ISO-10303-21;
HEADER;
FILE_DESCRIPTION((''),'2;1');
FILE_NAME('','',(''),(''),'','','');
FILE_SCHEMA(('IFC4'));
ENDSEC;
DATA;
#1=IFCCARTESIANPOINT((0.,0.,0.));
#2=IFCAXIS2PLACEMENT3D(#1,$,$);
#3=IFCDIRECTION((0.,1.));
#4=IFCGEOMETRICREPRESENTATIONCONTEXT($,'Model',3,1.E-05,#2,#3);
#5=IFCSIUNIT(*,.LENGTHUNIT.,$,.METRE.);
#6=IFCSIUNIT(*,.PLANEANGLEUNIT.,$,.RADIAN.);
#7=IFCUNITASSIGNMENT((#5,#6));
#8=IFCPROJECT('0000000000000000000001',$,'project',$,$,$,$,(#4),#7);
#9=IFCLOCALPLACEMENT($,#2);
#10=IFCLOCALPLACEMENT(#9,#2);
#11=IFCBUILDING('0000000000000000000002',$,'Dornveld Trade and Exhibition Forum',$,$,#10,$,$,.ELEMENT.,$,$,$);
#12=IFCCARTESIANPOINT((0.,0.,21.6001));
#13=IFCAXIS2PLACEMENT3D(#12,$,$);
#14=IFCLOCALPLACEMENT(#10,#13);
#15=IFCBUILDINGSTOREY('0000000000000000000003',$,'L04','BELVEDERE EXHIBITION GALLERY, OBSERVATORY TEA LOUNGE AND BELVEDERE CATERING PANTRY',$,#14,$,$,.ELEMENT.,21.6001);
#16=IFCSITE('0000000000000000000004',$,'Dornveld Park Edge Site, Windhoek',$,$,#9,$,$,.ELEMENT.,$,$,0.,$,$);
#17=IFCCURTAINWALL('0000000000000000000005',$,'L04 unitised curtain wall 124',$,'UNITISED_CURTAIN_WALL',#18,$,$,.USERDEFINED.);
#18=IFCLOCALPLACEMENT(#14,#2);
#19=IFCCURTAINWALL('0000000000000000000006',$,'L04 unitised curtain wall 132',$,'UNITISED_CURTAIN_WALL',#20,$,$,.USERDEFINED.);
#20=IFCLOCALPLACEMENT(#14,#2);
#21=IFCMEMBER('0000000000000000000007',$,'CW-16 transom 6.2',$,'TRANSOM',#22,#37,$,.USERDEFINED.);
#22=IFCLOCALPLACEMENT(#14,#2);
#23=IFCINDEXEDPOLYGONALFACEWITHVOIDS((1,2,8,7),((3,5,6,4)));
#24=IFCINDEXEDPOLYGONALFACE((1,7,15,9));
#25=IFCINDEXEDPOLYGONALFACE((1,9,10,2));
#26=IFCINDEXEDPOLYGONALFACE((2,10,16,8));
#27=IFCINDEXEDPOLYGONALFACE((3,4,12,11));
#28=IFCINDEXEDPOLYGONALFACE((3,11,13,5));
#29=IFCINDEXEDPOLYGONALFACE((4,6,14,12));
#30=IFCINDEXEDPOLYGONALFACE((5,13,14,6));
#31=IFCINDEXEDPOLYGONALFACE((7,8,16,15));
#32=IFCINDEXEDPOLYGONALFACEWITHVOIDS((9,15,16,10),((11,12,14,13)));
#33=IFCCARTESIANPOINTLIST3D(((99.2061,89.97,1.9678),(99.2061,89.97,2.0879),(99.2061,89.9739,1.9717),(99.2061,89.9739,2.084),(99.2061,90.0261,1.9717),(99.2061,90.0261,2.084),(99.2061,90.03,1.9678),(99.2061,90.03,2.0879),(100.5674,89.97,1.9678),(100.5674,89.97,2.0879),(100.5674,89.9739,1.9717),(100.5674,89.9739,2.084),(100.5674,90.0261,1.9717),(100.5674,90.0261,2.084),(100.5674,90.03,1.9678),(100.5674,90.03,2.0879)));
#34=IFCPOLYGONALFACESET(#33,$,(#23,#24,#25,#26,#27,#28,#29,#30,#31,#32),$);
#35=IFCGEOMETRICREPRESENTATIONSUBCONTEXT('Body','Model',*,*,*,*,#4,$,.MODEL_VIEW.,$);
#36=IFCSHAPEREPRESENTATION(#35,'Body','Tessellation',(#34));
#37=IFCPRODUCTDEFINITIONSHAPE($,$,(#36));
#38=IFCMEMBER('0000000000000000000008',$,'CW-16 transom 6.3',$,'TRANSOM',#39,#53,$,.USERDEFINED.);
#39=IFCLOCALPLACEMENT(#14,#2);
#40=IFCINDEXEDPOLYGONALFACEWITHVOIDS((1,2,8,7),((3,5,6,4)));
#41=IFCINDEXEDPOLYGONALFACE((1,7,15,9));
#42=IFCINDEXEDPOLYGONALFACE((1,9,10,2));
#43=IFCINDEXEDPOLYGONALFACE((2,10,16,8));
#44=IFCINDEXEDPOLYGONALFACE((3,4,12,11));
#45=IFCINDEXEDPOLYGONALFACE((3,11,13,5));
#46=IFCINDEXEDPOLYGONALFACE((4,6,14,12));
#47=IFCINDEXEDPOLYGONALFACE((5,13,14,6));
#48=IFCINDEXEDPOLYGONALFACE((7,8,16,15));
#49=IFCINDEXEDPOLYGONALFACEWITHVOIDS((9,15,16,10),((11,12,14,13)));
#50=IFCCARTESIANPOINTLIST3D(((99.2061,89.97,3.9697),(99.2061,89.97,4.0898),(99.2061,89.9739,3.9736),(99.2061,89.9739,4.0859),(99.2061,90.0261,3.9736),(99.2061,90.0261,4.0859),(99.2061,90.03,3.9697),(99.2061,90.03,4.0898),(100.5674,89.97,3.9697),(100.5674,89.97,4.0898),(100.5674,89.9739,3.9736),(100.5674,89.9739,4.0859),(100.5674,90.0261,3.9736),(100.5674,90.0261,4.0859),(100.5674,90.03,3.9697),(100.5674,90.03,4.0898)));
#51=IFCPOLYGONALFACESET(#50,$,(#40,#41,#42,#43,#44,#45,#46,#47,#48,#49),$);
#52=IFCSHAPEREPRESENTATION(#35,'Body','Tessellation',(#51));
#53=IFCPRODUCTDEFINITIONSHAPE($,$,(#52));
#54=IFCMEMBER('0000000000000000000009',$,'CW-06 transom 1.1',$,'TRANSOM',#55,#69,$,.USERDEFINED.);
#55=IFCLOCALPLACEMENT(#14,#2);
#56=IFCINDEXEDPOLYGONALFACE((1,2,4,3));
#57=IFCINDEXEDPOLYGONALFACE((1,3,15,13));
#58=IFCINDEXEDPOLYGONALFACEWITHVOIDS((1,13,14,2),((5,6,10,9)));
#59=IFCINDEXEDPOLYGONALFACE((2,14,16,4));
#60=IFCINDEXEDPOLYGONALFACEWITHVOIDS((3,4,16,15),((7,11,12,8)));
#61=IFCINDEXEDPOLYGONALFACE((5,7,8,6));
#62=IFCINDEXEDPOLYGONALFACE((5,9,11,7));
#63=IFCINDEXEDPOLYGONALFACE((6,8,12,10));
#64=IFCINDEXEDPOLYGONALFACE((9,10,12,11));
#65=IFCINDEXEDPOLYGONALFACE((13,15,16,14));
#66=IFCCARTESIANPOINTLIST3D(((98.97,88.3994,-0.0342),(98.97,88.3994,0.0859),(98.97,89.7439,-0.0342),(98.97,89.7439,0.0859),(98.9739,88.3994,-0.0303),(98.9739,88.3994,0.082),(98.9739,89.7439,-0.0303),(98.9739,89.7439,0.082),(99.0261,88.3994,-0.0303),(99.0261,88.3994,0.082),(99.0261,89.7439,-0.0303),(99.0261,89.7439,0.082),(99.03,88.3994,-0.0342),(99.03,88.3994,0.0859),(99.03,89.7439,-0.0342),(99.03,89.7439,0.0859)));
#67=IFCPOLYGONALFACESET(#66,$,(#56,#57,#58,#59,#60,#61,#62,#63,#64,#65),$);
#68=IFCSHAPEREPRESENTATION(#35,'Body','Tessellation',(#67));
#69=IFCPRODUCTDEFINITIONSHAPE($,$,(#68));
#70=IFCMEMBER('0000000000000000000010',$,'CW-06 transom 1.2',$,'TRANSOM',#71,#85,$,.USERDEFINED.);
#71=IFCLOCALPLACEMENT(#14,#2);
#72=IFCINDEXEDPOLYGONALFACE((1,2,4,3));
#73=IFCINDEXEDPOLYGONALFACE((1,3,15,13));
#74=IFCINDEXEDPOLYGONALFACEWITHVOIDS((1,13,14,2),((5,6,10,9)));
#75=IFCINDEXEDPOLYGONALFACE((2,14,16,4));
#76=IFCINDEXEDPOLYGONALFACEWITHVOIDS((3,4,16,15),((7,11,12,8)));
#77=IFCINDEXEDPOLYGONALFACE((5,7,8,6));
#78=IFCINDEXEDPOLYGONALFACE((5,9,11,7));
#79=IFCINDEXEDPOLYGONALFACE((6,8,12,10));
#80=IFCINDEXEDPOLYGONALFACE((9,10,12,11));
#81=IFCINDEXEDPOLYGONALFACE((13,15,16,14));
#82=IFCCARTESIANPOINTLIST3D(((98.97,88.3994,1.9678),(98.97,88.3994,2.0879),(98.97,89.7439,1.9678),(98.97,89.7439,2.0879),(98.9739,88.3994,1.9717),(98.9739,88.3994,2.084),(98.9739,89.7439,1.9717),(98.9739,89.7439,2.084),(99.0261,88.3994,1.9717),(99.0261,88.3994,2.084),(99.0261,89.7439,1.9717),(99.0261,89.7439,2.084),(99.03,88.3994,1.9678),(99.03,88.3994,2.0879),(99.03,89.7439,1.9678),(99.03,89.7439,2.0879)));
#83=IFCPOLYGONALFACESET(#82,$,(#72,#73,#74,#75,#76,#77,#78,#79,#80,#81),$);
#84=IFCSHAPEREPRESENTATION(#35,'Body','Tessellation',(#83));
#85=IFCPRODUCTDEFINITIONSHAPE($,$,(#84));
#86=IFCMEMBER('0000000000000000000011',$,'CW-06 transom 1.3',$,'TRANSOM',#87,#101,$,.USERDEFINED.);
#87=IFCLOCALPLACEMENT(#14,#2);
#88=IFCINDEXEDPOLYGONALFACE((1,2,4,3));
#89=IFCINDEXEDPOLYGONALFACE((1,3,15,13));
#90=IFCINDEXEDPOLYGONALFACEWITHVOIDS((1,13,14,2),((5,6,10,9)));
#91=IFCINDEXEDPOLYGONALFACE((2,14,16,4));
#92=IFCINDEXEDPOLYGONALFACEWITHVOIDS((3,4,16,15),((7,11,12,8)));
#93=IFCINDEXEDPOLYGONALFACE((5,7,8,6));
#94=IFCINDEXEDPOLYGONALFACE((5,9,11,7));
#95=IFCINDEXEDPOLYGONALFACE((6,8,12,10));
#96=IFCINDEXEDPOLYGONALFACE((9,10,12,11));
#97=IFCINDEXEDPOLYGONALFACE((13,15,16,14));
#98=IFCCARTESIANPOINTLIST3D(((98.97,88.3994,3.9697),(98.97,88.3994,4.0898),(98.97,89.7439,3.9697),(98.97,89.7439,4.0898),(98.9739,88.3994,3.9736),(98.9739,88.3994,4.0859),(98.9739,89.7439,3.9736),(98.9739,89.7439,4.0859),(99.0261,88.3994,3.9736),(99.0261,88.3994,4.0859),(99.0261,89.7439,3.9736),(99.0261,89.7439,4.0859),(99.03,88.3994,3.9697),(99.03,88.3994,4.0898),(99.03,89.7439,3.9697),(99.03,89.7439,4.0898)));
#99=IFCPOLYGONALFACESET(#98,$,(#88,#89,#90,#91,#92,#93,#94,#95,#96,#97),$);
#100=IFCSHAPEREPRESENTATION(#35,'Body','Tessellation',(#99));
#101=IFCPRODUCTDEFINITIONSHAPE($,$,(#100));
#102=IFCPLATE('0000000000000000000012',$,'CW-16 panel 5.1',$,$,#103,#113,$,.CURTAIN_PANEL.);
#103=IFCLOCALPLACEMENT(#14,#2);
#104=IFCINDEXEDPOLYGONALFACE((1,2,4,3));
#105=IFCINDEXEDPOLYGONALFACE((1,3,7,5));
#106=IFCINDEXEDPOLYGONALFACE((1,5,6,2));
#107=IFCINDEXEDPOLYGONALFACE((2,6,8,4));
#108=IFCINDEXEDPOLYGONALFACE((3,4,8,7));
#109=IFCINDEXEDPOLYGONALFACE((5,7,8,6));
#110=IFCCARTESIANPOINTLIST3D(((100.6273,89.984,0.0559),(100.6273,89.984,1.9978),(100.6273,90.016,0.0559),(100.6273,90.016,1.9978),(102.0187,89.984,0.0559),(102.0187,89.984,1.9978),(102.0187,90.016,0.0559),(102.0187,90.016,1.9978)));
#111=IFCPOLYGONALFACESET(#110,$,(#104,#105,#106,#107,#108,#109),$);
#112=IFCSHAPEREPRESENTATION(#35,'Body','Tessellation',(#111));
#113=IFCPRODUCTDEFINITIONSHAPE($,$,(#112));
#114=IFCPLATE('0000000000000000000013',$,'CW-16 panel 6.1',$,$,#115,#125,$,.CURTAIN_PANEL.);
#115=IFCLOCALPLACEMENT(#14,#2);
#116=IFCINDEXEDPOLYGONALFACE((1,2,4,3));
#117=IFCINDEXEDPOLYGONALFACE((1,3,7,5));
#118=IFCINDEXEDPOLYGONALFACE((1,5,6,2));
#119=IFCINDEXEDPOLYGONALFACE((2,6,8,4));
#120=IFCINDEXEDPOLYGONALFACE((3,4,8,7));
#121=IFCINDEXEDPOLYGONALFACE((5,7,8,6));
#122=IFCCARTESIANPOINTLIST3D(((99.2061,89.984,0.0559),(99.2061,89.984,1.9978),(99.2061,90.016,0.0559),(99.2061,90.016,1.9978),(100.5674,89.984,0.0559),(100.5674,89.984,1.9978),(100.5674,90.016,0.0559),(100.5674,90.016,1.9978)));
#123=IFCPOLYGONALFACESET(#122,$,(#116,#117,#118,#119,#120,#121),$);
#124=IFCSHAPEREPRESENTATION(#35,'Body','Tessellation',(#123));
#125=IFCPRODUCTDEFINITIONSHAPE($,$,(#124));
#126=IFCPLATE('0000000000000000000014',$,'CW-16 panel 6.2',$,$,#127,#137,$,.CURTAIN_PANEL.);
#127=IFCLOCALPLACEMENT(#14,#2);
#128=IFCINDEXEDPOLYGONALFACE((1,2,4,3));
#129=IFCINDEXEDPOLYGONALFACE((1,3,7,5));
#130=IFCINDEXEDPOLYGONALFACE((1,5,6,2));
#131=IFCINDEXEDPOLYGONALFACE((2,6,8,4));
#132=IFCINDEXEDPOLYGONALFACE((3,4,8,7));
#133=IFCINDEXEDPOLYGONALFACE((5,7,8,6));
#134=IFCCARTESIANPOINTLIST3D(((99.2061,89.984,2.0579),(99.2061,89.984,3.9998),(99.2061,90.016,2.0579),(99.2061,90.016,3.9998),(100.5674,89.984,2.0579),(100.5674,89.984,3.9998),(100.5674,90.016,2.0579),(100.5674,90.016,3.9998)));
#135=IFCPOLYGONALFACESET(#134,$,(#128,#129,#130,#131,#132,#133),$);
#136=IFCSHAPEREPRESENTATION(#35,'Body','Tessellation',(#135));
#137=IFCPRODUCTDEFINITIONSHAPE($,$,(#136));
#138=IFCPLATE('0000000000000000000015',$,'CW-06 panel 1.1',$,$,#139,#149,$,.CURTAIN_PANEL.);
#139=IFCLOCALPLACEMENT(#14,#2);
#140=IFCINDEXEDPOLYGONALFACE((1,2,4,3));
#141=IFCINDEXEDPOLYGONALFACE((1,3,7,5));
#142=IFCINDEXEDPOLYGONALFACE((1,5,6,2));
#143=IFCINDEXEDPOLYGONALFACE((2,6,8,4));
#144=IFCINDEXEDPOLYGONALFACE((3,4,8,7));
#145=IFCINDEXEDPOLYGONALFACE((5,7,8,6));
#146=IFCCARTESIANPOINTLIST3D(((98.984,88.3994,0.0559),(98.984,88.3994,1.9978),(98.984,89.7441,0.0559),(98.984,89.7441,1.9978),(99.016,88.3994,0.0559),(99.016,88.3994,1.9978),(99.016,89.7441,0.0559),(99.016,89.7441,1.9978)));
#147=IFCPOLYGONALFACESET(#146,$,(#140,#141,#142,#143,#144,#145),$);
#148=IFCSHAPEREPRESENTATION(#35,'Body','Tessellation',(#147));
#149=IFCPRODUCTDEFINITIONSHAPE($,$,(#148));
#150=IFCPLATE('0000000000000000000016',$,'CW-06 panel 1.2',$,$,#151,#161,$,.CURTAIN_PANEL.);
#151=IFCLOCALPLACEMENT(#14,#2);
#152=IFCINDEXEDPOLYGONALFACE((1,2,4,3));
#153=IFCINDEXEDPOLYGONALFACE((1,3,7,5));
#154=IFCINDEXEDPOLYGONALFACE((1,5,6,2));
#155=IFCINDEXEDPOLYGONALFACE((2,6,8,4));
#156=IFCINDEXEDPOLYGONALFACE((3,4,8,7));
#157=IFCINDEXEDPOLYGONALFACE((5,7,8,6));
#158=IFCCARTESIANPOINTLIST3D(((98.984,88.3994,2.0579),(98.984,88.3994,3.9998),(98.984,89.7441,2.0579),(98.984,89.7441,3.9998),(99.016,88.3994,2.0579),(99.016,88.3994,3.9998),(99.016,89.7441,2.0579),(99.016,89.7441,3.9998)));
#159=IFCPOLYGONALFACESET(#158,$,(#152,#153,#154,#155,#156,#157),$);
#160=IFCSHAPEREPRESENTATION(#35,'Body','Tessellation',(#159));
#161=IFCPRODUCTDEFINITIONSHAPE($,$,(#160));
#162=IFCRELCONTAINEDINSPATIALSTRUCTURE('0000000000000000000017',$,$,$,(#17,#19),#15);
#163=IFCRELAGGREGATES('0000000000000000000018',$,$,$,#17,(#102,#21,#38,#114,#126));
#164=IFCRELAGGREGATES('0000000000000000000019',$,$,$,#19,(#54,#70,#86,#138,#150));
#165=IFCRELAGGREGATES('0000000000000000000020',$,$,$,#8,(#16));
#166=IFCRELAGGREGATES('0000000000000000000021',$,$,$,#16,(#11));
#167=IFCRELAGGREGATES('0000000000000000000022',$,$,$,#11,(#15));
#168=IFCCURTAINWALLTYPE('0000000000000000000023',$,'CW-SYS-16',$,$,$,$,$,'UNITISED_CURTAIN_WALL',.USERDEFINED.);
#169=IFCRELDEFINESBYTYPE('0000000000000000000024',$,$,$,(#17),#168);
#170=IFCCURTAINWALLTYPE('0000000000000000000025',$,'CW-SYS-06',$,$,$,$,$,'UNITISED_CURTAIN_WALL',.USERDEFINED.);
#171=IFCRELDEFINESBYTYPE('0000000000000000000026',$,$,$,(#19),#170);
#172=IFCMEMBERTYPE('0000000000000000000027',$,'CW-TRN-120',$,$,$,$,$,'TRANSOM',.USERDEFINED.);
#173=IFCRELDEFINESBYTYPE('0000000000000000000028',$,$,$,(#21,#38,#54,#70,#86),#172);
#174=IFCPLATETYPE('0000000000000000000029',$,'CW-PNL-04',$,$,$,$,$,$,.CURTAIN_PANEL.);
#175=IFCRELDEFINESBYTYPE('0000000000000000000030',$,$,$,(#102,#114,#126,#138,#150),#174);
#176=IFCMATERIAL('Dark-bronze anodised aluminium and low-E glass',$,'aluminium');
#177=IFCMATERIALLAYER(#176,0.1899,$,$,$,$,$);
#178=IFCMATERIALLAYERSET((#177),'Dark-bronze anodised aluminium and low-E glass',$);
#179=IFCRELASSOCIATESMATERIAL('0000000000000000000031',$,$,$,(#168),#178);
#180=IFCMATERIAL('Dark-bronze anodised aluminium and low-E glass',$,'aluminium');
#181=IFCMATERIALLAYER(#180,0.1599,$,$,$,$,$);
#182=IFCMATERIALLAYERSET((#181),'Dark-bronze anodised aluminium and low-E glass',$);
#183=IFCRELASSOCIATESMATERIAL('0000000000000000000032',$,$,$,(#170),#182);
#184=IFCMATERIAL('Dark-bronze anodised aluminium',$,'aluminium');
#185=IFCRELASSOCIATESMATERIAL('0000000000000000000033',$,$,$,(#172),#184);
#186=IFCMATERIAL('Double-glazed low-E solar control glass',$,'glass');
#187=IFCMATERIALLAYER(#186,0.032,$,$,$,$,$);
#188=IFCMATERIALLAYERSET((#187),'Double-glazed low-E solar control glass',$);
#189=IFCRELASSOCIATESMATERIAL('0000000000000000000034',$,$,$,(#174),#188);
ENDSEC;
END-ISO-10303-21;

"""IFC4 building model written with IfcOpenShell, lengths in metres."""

from ifc_helpers import new_model, si_unit, direction, frame, origin, origin_2d, place, context, subcontext, project, spatial, rectangle, hollow_rectangle, extrude, material, layer, layer_set, material_profile, profile_set, type_object, element, aggregate, save


model = new_model("IFC4")

# Units and contexts
model_context = context("Model", 3, precision=1e-05, world=origin(), true_north=direction((0.0, 1.0)))
body_context = subcontext(model_context, "Body", "Model", "MODEL_VIEW")
ifc_project = project(units=[si_unit("LENGTHUNIT", "METRE"), si_unit("PLANEANGLEUNIT", "RADIAN")], contexts=[model_context])

# Site, building, storey
site_placement = place(None, origin())
site = spatial("IfcSite", under=ifc_project, at=site_placement, Name="Dornveld Park Edge Site, Windhoek", CompositionType="ELEMENT", RefElevation=0.0)
building_placement = place(site_placement, origin())
building = spatial("IfcBuilding", under=site, at=building_placement, Name="Dornveld Trade and Exhibition Forum", CompositionType="ELEMENT")
storey_placement = place(building_placement, frame((0.0, 0.0, 21.6001)))
storey = spatial("IfcBuildingStorey", under=building, at=storey_placement, Name="L04", Description="BELVEDERE EXHIBITION GALLERY, OBSERVATORY TEA LOUNGE AND BELVEDERE CATERING PANTRY", CompositionType="ELEMENT", Elevation=21.6001)

# Curtain walls
ifc_material_1 = material(Name="Dark-bronze anodised aluminium and low-E glass", Category="aluminium")
ifc_layer_1 = layer(ifc_material_1, 0.1899)
ifc_layer_set_1 = layer_set([ifc_layer_1], Name="Dark-bronze anodised aluminium and low-E glass")
curtain_wall_type_1 = type_object("IfcCurtainWallType", Name="CW-SYS-16", ElementType="UNITISED_CURTAIN_WALL", PredefinedType="USERDEFINED", material=ifc_layer_set_1)
curtain_wall_1_placement = place(storey_placement, origin())
curtain_wall_1 = element("IfcCurtainWall", 1, at=curtain_wall_1_placement, inside=storey, type_object=curtain_wall_type_1, Name="L04 unitised curtain wall 124", ObjectType="UNITISED_CURTAIN_WALL", PredefinedType="USERDEFINED")
ifc_material_2 = material(Name="Dark-bronze anodised aluminium and low-E glass", Category="aluminium")
ifc_layer_2 = layer(ifc_material_2, 0.1599)
ifc_layer_set_2 = layer_set([ifc_layer_2], Name="Dark-bronze anodised aluminium and low-E glass")
curtain_wall_type_2 = type_object("IfcCurtainWallType", Name="CW-SYS-06", ElementType="UNITISED_CURTAIN_WALL", PredefinedType="USERDEFINED", material=ifc_layer_set_2)
curtain_wall_2_placement = place(storey_placement, origin())
curtain_wall_2 = element("IfcCurtainWall", 2, at=curtain_wall_2_placement, inside=storey, type_object=curtain_wall_type_2, Name="L04 unitised curtain wall 132", ObjectType="UNITISED_CURTAIN_WALL", PredefinedType="USERDEFINED")

# Members
ifc_material_3 = material(Name="Dark-bronze anodised aluminium", Category="aluminium")
ifc_material_profile_1 = material_profile(ifc_material_3, hollow_rectangle(XDim=0.0601, YDim=0.1201, WallThickness=0.0039, at=origin_2d()), Name="RHS 120x60x4")
ifc_profile_set_1 = profile_set([ifc_material_profile_1], Name="Dark-bronze anodised aluminium")
member_type_1 = type_object("IfcMemberType", Name="CW-TRN-120", ElementType="TRANSOM", PredefinedType="USERDEFINED", material=ifc_profile_set_1)
member_1_placement = place(storey_placement, frame((100.5674, 90.0, 2.0278), z_axis=(-1.0, 0.0, 0.0), x_axis=(0.0, -1.0, 0.0)))
member_1 = element("IfcMember", 3, at=member_1_placement, type_object=member_type_1, Name="CW-16 transom 6.2", ObjectType="TRANSOM", PredefinedType="USERDEFINED", context=body_context, shape_type="SweptSolid", body=[
    extrude(hollow_rectangle(XDim=0.0601, YDim=0.1201, WallThickness=0.0039, at=origin_2d()), origin(), (0.0, 0.0, 1.0), 1.3613),
])
member_2_placement = place(storey_placement, frame((100.5674, 90.0, 4.0298), z_axis=(-1.0, 0.0, 0.0), x_axis=(0.0, -1.0, 0.0)))
member_2 = element("IfcMember", 4, at=member_2_placement, type_object=member_type_1, Name="CW-16 transom 6.3", ObjectType="TRANSOM", PredefinedType="USERDEFINED", context=body_context, shape_type="SweptSolid", body=[
    extrude(hollow_rectangle(XDim=0.0601, YDim=0.1201, WallThickness=0.0039, at=origin_2d()), origin(), (0.0, 0.0, 1.0), 1.3613),
])
member_3_placement = place(storey_placement, frame((99.0, 89.7439, 0.0259), z_axis=(0.0, -1.0, 0.0), x_axis=(1.0, 0.0, 0.0)))
member_3 = element("IfcMember", 5, at=member_3_placement, type_object=member_type_1, Name="CW-06 transom 1.1", ObjectType="TRANSOM", PredefinedType="USERDEFINED", context=body_context, shape_type="SweptSolid", body=[
    extrude(hollow_rectangle(XDim=0.0601, YDim=0.1201, WallThickness=0.0039, at=origin_2d()), origin(), (0.0, 0.0, 1.0), 1.3445),
])
member_4_placement = place(storey_placement, frame((99.0, 89.7439, 2.0278), z_axis=(0.0, -1.0, 0.0), x_axis=(1.0, 0.0, 0.0)))
member_4 = element("IfcMember", 6, at=member_4_placement, type_object=member_type_1, Name="CW-06 transom 1.2", ObjectType="TRANSOM", PredefinedType="USERDEFINED", context=body_context, shape_type="SweptSolid", body=[
    extrude(hollow_rectangle(XDim=0.0601, YDim=0.1201, WallThickness=0.0039, at=origin_2d()), origin(), (0.0, 0.0, 1.0), 1.3445),
])
member_5_placement = place(storey_placement, frame((99.0, 89.7439, 4.0298), z_axis=(0.0, -1.0, 0.0), x_axis=(1.0, 0.0, 0.0)))
member_5 = element("IfcMember", 7, at=member_5_placement, type_object=member_type_1, Name="CW-06 transom 1.3", ObjectType="TRANSOM", PredefinedType="USERDEFINED", context=body_context, shape_type="SweptSolid", body=[
    extrude(hollow_rectangle(XDim=0.0601, YDim=0.1201, WallThickness=0.0039, at=origin_2d()), origin(), (0.0, 0.0, 1.0), 1.3445),
])

# Plates
ifc_material_4 = material(Name="Double-glazed low-E solar control glass", Category="glass")
ifc_layer_3 = layer(ifc_material_4, 0.032)
ifc_layer_set_3 = layer_set([ifc_layer_3], Name="Double-glazed low-E solar control glass")
plate_type = type_object("IfcPlateType", Name="CW-PNL-04", PredefinedType="CURTAIN_PANEL", material=ifc_layer_set_3)
plate_1_placement = place(storey_placement, frame((101.323, 90.0, 0.0559), z_axis=(0.0, 0.0, 1.0), x_axis=(-1.0, 0.0, 0.0)))
plate_1 = element("IfcPlate", 8, at=plate_1_placement, type_object=plate_type, Name="CW-16 panel 5.1", PredefinedType="CURTAIN_PANEL", context=body_context, shape_type="SweptSolid", body=[
    extrude(rectangle(XDim=1.3914, YDim=0.032, at=origin_2d()), origin(), (0.0, 0.0, 1.0), 1.9419),
])
plate_2_placement = place(storey_placement, frame((99.8867, 90.0, 0.0559), z_axis=(0.0, 0.0, 1.0), x_axis=(-1.0, 0.0, 0.0)))
plate_2 = element("IfcPlate", 9, at=plate_2_placement, type_object=plate_type, Name="CW-16 panel 6.1", PredefinedType="CURTAIN_PANEL", context=body_context, shape_type="SweptSolid", body=[
    extrude(rectangle(XDim=1.3613, YDim=0.032, at=origin_2d()), origin(), (0.0, 0.0, 1.0), 1.9419),
])
plate_3_placement = place(storey_placement, frame((99.8867, 90.0, 2.0579), z_axis=(0.0, 0.0, 1.0), x_axis=(-1.0, 0.0, 0.0)))
plate_3 = element("IfcPlate", 10, at=plate_3_placement, type_object=plate_type, Name="CW-16 panel 6.2", PredefinedType="CURTAIN_PANEL", context=body_context, shape_type="SweptSolid", body=[
    extrude(rectangle(XDim=1.3613, YDim=0.032, at=origin_2d()), origin(), (0.0, 0.0, 1.0), 1.9419),
])
aggregate(curtain_wall_1, [plate_1, member_1, member_2, plate_2, plate_3])
plate_4_placement = place(storey_placement, frame((99.0, 89.0718, 0.0559), z_axis=(0.0, 0.0, 1.0), x_axis=(0.0, -1.0, 0.0)))
plate_4 = element("IfcPlate", 11, at=plate_4_placement, type_object=plate_type, Name="CW-06 panel 1.1", PredefinedType="CURTAIN_PANEL", context=body_context, shape_type="SweptSolid", body=[
    extrude(rectangle(XDim=1.3447, YDim=0.032, at=origin_2d()), origin(), (0.0, 0.0, 1.0), 1.9419),
])
plate_5_placement = place(storey_placement, frame((99.0, 89.0718, 2.0579), z_axis=(0.0, 0.0, 1.0), x_axis=(0.0, -1.0, 0.0)))
plate_5 = element("IfcPlate", 12, at=plate_5_placement, type_object=plate_type, Name="CW-06 panel 1.2", PredefinedType="CURTAIN_PANEL", context=body_context, shape_type="SweptSolid", body=[
    extrude(rectangle(XDim=1.3447, YDim=0.032, at=origin_2d()), origin(), (0.0, 0.0, 1.0), 1.9419),
])
aggregate(curtain_wall_2, [member_3, member_4, member_5, plate_4, plate_5])

save(model, "model.ifc")
